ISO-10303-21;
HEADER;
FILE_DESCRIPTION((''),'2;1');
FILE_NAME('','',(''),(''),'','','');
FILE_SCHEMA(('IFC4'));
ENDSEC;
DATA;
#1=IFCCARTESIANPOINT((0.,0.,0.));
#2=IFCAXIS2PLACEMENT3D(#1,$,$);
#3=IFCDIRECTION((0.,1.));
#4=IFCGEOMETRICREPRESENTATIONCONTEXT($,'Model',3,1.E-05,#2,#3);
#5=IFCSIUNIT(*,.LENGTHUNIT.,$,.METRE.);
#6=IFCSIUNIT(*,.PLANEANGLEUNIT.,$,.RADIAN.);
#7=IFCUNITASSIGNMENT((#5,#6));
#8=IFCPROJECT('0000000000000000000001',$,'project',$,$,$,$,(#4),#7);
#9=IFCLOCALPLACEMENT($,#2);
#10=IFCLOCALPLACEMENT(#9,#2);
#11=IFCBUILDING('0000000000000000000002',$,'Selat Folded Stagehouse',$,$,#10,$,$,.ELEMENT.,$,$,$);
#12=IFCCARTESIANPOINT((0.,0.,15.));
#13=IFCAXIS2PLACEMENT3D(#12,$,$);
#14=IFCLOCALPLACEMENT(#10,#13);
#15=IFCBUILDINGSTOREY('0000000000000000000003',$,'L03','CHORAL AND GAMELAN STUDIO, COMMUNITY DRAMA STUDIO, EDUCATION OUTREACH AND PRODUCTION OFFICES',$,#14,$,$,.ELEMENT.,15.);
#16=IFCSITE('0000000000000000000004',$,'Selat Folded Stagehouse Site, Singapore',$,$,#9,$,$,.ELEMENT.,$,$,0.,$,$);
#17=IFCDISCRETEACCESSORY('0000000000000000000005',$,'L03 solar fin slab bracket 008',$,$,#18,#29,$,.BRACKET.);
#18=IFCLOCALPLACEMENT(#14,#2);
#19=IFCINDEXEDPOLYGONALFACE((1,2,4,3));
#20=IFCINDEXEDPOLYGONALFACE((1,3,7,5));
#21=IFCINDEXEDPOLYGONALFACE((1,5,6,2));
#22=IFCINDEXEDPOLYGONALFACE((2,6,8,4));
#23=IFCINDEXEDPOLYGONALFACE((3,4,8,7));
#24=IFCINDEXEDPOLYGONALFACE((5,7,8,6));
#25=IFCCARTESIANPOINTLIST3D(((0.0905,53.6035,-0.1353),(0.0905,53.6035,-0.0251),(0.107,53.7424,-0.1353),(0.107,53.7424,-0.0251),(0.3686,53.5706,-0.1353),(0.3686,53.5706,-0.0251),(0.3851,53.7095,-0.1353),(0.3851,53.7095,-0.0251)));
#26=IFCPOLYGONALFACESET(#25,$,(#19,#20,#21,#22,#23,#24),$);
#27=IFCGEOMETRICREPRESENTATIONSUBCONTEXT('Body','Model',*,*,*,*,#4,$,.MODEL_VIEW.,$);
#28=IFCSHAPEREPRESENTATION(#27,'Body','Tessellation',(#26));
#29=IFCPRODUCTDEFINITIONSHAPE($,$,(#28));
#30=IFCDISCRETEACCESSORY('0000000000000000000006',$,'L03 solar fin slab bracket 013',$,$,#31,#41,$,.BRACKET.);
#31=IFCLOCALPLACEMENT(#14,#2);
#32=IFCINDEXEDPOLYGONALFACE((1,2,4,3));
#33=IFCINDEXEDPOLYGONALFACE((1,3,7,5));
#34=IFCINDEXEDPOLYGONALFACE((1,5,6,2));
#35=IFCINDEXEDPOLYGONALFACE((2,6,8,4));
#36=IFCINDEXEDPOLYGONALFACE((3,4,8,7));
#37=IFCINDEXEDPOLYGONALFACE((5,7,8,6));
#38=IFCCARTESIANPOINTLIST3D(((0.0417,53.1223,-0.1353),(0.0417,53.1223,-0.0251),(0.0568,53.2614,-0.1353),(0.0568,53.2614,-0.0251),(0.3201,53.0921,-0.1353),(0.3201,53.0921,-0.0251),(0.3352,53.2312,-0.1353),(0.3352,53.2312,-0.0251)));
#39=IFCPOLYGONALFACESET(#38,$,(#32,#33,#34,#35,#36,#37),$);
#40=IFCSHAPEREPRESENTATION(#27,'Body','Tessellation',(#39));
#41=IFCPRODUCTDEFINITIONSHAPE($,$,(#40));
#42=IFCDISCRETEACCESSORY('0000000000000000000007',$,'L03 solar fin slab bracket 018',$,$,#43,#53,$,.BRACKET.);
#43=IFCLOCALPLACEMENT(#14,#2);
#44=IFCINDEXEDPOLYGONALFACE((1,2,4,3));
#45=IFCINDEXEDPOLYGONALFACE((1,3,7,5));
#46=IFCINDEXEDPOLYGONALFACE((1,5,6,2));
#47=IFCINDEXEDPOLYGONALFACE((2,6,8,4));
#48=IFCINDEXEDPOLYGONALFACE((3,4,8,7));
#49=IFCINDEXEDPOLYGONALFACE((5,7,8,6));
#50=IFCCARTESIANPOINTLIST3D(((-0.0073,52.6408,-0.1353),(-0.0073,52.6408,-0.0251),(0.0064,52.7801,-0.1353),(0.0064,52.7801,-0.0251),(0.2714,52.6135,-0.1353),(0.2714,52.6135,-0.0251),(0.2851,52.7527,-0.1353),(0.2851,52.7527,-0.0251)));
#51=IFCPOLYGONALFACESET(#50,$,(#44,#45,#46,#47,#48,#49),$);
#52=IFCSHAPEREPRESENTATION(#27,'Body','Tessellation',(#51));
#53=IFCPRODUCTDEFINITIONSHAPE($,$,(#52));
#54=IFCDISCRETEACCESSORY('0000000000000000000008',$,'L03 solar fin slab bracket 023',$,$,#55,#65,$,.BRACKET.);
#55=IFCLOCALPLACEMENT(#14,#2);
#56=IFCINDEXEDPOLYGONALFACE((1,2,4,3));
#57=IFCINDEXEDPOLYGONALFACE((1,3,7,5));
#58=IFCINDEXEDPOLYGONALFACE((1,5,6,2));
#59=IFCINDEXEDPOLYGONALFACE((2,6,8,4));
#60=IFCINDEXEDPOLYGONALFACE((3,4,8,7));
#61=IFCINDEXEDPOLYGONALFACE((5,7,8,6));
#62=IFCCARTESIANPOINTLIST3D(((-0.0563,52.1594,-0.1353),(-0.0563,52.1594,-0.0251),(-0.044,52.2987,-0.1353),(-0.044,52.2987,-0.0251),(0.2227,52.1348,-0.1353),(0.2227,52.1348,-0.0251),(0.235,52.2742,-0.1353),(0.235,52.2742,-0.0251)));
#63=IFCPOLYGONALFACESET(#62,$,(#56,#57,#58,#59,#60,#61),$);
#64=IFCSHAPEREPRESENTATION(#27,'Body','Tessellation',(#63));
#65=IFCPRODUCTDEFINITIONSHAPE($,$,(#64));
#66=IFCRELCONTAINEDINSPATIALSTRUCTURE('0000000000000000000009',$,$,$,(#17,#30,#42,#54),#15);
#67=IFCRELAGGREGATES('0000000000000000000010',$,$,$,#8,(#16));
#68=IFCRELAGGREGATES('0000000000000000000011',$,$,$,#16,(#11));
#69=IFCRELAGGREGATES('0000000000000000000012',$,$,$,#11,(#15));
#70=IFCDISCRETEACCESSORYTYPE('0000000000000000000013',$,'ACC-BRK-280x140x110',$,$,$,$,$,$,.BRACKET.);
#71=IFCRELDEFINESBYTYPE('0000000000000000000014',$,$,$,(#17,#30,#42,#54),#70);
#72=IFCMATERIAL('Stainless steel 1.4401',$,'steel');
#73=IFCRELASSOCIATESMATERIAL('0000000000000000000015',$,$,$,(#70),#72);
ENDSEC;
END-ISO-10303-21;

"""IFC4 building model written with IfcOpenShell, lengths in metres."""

from ifc_helpers import new_model, si_unit, direction, frame, origin, origin_2d, place, context, subcontext, project, spatial, rectangle, extrude, material, type_object, element, save


model = new_model("IFC4")

# Units and contexts
model_context = context("Model", 3, precision=1e-05, world=origin(), true_north=direction((0.0, 1.0)))
body_context = subcontext(model_context, "Body", "Model", "MODEL_VIEW")
ifc_project = project(units=[si_unit("LENGTHUNIT", "METRE"), si_unit("PLANEANGLEUNIT", "RADIAN")], contexts=[model_context])

# Site, building, storey
site_placement = place(None, origin())
site = spatial("IfcSite", under=ifc_project, at=site_placement, Name="Selat Folded Stagehouse Site, Singapore", CompositionType="ELEMENT", RefElevation=0.0)
building_placement = place(site_placement, origin())
building = spatial("IfcBuilding", under=site, at=building_placement, Name="Selat Folded Stagehouse", CompositionType="ELEMENT")
storey_placement = place(building_placement, frame((0.0, 0.0, 15.0)))
storey = spatial("IfcBuildingStorey", under=building, at=storey_placement, Name="L03", Description="CHORAL AND GAMELAN STUDIO, COMMUNITY DRAMA STUDIO, EDUCATION OUTREACH AND PRODUCTION OFFICES", CompositionType="ELEMENT", Elevation=15.0)

# Discrete accessories
ifc_material_1 = material(Name="Stainless steel 1.4401", Category="steel")
discrete_accessory_type = type_object("IfcDiscreteAccessoryType", Name="ACC-BRK-280x140x110", PredefinedType="BRACKET", material=ifc_material_1)
for number, where, z_axis, x_axis, name in (
    (1, (0.2378, 53.6565, -0.1353), (0.0, 0.0, 1.0), (-0.993068, 0.117537, 0.0), "L03 solar fin slab bracket 008"),
    (2, (0.1885, 53.1768, -0.1353), (0.0, 0.0, 1.0), (-0.994189, 0.107652, 0.0), "L03 solar fin slab bracket 013"),
    (3, (0.1389, 52.6968, -0.1353), (0.0, 0.0, 1.0), (-0.995227, 0.097583, 0.0), "L03 solar fin slab bracket 018"),
    (4, (0.0894, 52.2168, -0.1353), (0.0, 0.0, 1.0), (-0.996149, 0.087677, 0.0), "L03 solar fin slab bracket 023"),
):
    element("IfcDiscreteAccessory", number, at=place(storey_placement, frame(where, z_axis=z_axis, x_axis=x_axis)), inside=storey, type_object=discrete_accessory_type, Name=name, PredefinedType="BRACKET", context=body_context, shape_type="SweptSolid", body=[
        extrude(rectangle(XDim=0.28, YDim=0.1399, at=origin_2d()), origin(), (0.0, 0.0, 1.0), 0.1101),
    ])

save(model, "model.ifc")
